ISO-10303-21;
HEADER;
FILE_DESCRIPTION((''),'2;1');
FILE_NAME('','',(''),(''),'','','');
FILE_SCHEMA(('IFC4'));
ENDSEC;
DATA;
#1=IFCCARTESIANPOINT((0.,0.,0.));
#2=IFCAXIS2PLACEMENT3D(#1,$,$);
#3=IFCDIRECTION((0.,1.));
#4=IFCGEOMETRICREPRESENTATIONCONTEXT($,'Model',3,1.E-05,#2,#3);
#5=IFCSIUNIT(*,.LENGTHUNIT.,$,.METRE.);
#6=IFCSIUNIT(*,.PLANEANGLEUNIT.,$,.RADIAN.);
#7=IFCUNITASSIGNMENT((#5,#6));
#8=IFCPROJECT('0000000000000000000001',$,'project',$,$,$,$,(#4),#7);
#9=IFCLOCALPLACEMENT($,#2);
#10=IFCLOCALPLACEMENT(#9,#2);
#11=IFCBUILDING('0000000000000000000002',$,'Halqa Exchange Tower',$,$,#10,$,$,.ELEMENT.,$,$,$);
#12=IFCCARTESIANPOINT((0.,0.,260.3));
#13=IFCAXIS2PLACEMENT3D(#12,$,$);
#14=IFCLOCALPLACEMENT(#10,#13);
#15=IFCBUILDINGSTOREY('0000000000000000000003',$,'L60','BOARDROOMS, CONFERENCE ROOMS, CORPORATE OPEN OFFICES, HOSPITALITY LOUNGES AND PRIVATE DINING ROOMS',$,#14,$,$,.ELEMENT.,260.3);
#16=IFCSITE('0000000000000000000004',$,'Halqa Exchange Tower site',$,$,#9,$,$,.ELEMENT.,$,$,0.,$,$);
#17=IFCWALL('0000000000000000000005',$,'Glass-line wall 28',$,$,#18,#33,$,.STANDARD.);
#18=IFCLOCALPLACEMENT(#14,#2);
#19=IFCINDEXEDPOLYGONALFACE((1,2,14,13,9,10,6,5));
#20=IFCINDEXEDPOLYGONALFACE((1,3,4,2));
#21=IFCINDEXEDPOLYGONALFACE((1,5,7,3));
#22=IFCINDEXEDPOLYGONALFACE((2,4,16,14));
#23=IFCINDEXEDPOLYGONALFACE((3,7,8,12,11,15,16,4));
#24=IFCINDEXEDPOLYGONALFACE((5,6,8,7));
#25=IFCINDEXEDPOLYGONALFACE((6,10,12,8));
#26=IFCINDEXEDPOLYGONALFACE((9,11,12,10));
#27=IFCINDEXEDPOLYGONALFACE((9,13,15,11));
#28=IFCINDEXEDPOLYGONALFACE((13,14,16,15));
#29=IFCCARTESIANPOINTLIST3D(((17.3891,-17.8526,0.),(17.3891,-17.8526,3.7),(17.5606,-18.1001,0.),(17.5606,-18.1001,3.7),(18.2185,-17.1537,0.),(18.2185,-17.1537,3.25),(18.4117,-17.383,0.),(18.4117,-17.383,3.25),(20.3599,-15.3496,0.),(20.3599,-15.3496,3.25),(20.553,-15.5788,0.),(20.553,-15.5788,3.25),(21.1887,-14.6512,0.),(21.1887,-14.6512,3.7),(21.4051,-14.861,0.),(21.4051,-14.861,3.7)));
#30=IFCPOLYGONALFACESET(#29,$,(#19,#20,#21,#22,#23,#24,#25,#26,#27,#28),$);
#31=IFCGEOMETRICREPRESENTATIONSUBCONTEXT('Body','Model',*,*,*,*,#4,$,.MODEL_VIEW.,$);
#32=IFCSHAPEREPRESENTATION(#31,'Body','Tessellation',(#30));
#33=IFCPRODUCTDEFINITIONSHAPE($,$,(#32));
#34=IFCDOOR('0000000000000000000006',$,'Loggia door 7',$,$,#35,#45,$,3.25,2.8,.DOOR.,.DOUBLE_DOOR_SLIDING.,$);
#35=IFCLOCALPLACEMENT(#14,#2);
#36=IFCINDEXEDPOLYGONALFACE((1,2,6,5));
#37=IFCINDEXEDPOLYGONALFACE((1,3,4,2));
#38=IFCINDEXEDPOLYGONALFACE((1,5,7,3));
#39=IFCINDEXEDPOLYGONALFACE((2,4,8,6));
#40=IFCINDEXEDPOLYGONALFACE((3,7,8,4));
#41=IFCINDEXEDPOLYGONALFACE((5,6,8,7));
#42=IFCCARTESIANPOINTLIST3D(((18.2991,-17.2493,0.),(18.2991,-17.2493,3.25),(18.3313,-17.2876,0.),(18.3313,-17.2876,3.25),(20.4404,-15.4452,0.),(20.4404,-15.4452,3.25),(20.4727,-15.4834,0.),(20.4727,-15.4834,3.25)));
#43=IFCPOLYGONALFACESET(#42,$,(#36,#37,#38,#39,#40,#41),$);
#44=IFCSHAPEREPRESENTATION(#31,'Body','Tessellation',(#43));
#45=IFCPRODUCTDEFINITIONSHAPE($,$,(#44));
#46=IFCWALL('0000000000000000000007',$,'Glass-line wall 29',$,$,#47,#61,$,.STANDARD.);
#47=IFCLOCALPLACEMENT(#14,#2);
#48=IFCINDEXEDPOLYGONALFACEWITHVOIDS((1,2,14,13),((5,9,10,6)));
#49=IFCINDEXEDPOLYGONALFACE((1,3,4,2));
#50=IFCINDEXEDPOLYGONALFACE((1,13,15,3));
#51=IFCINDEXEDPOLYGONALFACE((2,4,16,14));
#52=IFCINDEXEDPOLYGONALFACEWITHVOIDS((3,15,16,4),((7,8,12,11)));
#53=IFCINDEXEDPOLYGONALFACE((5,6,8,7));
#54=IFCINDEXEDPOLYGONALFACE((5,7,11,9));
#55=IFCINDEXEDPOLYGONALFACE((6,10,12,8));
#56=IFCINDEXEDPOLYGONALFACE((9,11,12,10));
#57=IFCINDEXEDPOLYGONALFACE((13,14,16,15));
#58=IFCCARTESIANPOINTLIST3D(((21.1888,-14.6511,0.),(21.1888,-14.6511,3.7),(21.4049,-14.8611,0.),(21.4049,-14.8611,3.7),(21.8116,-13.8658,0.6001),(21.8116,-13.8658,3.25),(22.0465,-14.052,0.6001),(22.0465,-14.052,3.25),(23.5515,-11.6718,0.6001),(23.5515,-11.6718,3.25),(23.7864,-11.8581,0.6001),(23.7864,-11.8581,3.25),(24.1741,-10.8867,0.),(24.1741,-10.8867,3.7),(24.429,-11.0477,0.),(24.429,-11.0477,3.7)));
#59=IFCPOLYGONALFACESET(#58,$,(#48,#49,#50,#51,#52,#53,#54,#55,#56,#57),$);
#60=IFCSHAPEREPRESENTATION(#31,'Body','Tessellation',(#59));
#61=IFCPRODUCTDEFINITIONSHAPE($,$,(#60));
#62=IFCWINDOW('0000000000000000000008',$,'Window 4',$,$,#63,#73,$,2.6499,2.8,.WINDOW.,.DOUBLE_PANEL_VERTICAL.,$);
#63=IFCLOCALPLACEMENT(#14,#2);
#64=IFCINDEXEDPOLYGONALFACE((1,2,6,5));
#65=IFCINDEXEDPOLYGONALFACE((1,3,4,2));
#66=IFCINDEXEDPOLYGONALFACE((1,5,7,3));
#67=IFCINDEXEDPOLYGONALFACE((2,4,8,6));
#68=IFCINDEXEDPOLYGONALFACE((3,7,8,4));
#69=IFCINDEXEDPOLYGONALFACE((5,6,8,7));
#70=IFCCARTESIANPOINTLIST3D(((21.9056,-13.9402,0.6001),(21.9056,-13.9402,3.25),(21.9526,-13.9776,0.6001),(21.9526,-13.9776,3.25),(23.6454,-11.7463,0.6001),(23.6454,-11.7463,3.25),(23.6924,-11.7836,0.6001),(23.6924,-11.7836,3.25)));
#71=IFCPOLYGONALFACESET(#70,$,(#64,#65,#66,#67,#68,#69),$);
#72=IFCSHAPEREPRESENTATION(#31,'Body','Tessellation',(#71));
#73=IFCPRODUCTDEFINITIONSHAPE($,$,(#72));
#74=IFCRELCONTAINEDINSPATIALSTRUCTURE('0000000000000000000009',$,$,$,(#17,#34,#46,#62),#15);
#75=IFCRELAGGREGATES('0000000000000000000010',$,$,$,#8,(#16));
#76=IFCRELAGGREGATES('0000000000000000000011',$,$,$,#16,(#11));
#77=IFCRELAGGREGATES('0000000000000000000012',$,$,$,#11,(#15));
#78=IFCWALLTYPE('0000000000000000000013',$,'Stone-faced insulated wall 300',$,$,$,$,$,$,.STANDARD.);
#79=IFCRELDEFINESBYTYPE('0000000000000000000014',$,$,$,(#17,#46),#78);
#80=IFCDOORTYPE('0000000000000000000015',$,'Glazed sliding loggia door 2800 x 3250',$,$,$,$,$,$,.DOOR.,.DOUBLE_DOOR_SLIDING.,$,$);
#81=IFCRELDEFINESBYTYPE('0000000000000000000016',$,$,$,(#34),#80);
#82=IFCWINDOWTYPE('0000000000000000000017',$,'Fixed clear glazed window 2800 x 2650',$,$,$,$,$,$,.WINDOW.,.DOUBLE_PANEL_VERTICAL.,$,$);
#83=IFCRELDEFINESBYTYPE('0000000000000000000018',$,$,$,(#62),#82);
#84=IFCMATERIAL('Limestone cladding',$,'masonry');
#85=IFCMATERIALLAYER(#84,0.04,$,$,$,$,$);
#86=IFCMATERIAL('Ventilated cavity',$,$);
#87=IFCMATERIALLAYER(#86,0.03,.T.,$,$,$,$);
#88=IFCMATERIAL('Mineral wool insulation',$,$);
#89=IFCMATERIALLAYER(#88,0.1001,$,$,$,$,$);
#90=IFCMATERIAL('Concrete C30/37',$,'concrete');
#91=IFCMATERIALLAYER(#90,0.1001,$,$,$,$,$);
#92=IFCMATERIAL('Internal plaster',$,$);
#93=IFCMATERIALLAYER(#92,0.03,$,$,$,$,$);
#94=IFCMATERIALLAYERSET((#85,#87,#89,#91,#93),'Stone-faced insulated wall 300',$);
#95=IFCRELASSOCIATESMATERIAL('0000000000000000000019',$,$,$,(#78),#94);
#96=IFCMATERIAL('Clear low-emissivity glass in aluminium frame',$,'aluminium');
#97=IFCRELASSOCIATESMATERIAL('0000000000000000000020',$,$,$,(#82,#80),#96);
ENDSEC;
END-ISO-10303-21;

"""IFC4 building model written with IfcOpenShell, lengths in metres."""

from ifc_helpers import new_model, si_unit, direction, frame, frame_2d, origin, place, context, subcontext, project, spatial, polyline, rectangle, outline, extrude, material, layer, layer_set, type_object, element, fill, save


model = new_model("IFC4")

# Units and contexts
model_context = context("Model", 3, precision=1e-05, world=origin(), true_north=direction((0.0, 1.0)))
body_context = subcontext(model_context, "Body", "Model", "MODEL_VIEW")
ifc_project = project(units=[si_unit("LENGTHUNIT", "METRE"), si_unit("PLANEANGLEUNIT", "RADIAN")], contexts=[model_context])

# Site, building, storey
site_placement = place(None, origin())
site = spatial("IfcSite", under=ifc_project, at=site_placement, Name="Halqa Exchange Tower site", CompositionType="ELEMENT", RefElevation=0.0)
building_placement = place(site_placement, origin())
building = spatial("IfcBuilding", under=site, at=building_placement, Name="Halqa Exchange Tower", CompositionType="ELEMENT")
storey_placement = place(building_placement, frame((0.0, 0.0, 260.3)))
storey = spatial("IfcBuildingStorey", under=building, at=storey_placement, Name="L60", Description="BOARDROOMS, CONFERENCE ROOMS, CORPORATE OPEN OFFICES, HOSPITALITY LOUNGES AND PRIVATE DINING ROOMS", CompositionType="ELEMENT", Elevation=260.3)

# Shared definitions
ifc_material_1 = material(Name="Limestone cladding", Category="masonry")
ifc_layer_1 = layer(ifc_material_1, 0.04)
ifc_material_2 = material(Name="Ventilated cavity")
ifc_layer_2 = layer(ifc_material_2, 0.03, ventilated=True)
ifc_material_3 = material(Name="Mineral wool insulation")
ifc_layer_3 = layer(ifc_material_3, 0.1001)
ifc_material_4 = material(Name="Concrete C30/37", Category="concrete")
ifc_layer_4 = layer(ifc_material_4, 0.1001)
ifc_material_5 = material(Name="Internal plaster")
ifc_layer_5 = layer(ifc_material_5, 0.03)
ifc_layer_set_1 = layer_set([ifc_layer_1, ifc_layer_2, ifc_layer_3, ifc_layer_4, ifc_layer_5], Name="Stone-faced insulated wall 300")
wall_type_1 = type_object("IfcWallType", Name="Stone-faced insulated wall 300", PredefinedType="STANDARD", material=ifc_layer_set_1)
ifc_material_6 = material(Name="Clear low-emissivity glass in aluminium frame", Category="aluminium")
window_type = type_object("IfcWindowType", Name="Fixed clear glazed window 2800 x 2650", PartitioningType="DOUBLE_PANEL_VERTICAL", PredefinedType="WINDOW", material=ifc_material_6)

# Wall, opening, door
wall_1_placement = place(storey_placement, frame((17.4749, -17.9763, 0.0), z_axis=(0.0, 0.0, 1.0), x_axis=(0.764746, 0.644331, 0.0)))
wall_1 = element("IfcWall", 1, at=wall_1_placement, inside=storey, type_object=wall_type_1, Name="Glass-line wall 28", PredefinedType="STANDARD", context=body_context, shape_type="SweptSolid", body=[
    extrude(outline(polyline([(-0.0142, -0.1499), (5.0129, -0.1499), (4.9827, 0.1499), (0.0142, 0.1499), (-0.0142, -0.1499)])), origin(), (0.0, 0.0, 1.0), 3.7),
])
opening_1_placement = place(wall_1_placement, frame((1.0989, 0.0, 0.0)))
opening_1 = element("IfcOpeningElement", 2, at=opening_1_placement, cuts=wall_1, PredefinedType="OPENING", context=body_context, shape_type="SweptSolid", body=[
    extrude(rectangle(XDim=2.8, YDim=3.25, at=frame_2d((1.3999, 1.625))), frame((0.0, 0.1621, 0.0), z_axis=(0.0, -1.0, 0.0), x_axis=(1.0, 0.0, 0.0)), (0.0, 0.0, 1.0), 0.324),
])
door_type_1 = type_object("IfcDoorType", Name="Glazed sliding loggia door 2800 x 3250", OperationType="DOUBLE_DOOR_SLIDING", PredefinedType="DOOR", material=ifc_material_6)
door_1_placement = place(opening_1_placement, origin())
door_1 = element("IfcDoor", 3, at=door_1_placement, inside=storey, type_object=door_type_1, Name="Loggia door 7", OperationType="DOUBLE_DOOR_SLIDING", OverallHeight=3.25, OverallWidth=2.8, PredefinedType="DOOR", context=body_context, shape_type="SweptSolid", body=[
    extrude(rectangle(XDim=2.8, YDim=3.25, at=frame_2d((1.3999, 1.625))), frame((0.0, 0.0249, 0.0), z_axis=(0.0, -1.0, 0.0), x_axis=(1.0, 0.0, 0.0)), (0.0, 0.0, 1.0), 0.05),
])
fill(opening_1, door_1)

# Wall, opening, window
wall_2_placement = place(storey_placement, frame((21.2969, -14.7561, 0.0), z_axis=(0.0, 0.0, 1.0), x_axis=(0.621358, 0.783526, 0.0)))
wall_2 = element("IfcWall", 4, at=wall_2_placement, inside=storey, type_object=wall_type_1, Name="Glass-line wall 29", PredefinedType="STANDARD", context=body_context, shape_type="SweptSolid", body=[
    extrude(outline(polyline([(-0.0151, -0.1499), (4.8518, -0.1499), (4.8196, 0.1499), (0.0151, 0.1499), (-0.0151, -0.1499)])), origin(), (0.0, 0.0, 1.0), 3.7),
])
opening_2_placement = place(wall_2_placement, frame((1.0176, 0.0, 0.6001)))
opening_2 = element("IfcOpeningElement", 5, at=opening_2_placement, cuts=wall_2, PredefinedType="OPENING", context=body_context, shape_type="SweptSolid", body=[
    extrude(rectangle(XDim=2.8, YDim=2.6499, at=frame_2d((1.3999, 1.325))), frame((0.0, 0.1621, 0.0), z_axis=(0.0, -1.0, 0.0), x_axis=(1.0, 0.0, 0.0)), (0.0, 0.0, 1.0), 0.324),
])
window_1_placement = place(opening_2_placement, origin())
window_1 = element("IfcWindow", 6, at=window_1_placement, inside=storey, type_object=window_type, Name="Window 4", OverallHeight=2.6499, OverallWidth=2.8, PartitioningType="DOUBLE_PANEL_VERTICAL", PredefinedType="WINDOW", context=body_context, shape_type="SweptSolid", body=[
    extrude(rectangle(XDim=2.8, YDim=2.6499, at=frame_2d((1.3999, 1.325))), frame((0.0, 0.03, 0.0), z_axis=(0.0, -1.0, 0.0), x_axis=(1.0, 0.0, 0.0)), (0.0, 0.0, 1.0), 0.0601),
])
fill(opening_2, window_1)

save(model, "model.ifc")
